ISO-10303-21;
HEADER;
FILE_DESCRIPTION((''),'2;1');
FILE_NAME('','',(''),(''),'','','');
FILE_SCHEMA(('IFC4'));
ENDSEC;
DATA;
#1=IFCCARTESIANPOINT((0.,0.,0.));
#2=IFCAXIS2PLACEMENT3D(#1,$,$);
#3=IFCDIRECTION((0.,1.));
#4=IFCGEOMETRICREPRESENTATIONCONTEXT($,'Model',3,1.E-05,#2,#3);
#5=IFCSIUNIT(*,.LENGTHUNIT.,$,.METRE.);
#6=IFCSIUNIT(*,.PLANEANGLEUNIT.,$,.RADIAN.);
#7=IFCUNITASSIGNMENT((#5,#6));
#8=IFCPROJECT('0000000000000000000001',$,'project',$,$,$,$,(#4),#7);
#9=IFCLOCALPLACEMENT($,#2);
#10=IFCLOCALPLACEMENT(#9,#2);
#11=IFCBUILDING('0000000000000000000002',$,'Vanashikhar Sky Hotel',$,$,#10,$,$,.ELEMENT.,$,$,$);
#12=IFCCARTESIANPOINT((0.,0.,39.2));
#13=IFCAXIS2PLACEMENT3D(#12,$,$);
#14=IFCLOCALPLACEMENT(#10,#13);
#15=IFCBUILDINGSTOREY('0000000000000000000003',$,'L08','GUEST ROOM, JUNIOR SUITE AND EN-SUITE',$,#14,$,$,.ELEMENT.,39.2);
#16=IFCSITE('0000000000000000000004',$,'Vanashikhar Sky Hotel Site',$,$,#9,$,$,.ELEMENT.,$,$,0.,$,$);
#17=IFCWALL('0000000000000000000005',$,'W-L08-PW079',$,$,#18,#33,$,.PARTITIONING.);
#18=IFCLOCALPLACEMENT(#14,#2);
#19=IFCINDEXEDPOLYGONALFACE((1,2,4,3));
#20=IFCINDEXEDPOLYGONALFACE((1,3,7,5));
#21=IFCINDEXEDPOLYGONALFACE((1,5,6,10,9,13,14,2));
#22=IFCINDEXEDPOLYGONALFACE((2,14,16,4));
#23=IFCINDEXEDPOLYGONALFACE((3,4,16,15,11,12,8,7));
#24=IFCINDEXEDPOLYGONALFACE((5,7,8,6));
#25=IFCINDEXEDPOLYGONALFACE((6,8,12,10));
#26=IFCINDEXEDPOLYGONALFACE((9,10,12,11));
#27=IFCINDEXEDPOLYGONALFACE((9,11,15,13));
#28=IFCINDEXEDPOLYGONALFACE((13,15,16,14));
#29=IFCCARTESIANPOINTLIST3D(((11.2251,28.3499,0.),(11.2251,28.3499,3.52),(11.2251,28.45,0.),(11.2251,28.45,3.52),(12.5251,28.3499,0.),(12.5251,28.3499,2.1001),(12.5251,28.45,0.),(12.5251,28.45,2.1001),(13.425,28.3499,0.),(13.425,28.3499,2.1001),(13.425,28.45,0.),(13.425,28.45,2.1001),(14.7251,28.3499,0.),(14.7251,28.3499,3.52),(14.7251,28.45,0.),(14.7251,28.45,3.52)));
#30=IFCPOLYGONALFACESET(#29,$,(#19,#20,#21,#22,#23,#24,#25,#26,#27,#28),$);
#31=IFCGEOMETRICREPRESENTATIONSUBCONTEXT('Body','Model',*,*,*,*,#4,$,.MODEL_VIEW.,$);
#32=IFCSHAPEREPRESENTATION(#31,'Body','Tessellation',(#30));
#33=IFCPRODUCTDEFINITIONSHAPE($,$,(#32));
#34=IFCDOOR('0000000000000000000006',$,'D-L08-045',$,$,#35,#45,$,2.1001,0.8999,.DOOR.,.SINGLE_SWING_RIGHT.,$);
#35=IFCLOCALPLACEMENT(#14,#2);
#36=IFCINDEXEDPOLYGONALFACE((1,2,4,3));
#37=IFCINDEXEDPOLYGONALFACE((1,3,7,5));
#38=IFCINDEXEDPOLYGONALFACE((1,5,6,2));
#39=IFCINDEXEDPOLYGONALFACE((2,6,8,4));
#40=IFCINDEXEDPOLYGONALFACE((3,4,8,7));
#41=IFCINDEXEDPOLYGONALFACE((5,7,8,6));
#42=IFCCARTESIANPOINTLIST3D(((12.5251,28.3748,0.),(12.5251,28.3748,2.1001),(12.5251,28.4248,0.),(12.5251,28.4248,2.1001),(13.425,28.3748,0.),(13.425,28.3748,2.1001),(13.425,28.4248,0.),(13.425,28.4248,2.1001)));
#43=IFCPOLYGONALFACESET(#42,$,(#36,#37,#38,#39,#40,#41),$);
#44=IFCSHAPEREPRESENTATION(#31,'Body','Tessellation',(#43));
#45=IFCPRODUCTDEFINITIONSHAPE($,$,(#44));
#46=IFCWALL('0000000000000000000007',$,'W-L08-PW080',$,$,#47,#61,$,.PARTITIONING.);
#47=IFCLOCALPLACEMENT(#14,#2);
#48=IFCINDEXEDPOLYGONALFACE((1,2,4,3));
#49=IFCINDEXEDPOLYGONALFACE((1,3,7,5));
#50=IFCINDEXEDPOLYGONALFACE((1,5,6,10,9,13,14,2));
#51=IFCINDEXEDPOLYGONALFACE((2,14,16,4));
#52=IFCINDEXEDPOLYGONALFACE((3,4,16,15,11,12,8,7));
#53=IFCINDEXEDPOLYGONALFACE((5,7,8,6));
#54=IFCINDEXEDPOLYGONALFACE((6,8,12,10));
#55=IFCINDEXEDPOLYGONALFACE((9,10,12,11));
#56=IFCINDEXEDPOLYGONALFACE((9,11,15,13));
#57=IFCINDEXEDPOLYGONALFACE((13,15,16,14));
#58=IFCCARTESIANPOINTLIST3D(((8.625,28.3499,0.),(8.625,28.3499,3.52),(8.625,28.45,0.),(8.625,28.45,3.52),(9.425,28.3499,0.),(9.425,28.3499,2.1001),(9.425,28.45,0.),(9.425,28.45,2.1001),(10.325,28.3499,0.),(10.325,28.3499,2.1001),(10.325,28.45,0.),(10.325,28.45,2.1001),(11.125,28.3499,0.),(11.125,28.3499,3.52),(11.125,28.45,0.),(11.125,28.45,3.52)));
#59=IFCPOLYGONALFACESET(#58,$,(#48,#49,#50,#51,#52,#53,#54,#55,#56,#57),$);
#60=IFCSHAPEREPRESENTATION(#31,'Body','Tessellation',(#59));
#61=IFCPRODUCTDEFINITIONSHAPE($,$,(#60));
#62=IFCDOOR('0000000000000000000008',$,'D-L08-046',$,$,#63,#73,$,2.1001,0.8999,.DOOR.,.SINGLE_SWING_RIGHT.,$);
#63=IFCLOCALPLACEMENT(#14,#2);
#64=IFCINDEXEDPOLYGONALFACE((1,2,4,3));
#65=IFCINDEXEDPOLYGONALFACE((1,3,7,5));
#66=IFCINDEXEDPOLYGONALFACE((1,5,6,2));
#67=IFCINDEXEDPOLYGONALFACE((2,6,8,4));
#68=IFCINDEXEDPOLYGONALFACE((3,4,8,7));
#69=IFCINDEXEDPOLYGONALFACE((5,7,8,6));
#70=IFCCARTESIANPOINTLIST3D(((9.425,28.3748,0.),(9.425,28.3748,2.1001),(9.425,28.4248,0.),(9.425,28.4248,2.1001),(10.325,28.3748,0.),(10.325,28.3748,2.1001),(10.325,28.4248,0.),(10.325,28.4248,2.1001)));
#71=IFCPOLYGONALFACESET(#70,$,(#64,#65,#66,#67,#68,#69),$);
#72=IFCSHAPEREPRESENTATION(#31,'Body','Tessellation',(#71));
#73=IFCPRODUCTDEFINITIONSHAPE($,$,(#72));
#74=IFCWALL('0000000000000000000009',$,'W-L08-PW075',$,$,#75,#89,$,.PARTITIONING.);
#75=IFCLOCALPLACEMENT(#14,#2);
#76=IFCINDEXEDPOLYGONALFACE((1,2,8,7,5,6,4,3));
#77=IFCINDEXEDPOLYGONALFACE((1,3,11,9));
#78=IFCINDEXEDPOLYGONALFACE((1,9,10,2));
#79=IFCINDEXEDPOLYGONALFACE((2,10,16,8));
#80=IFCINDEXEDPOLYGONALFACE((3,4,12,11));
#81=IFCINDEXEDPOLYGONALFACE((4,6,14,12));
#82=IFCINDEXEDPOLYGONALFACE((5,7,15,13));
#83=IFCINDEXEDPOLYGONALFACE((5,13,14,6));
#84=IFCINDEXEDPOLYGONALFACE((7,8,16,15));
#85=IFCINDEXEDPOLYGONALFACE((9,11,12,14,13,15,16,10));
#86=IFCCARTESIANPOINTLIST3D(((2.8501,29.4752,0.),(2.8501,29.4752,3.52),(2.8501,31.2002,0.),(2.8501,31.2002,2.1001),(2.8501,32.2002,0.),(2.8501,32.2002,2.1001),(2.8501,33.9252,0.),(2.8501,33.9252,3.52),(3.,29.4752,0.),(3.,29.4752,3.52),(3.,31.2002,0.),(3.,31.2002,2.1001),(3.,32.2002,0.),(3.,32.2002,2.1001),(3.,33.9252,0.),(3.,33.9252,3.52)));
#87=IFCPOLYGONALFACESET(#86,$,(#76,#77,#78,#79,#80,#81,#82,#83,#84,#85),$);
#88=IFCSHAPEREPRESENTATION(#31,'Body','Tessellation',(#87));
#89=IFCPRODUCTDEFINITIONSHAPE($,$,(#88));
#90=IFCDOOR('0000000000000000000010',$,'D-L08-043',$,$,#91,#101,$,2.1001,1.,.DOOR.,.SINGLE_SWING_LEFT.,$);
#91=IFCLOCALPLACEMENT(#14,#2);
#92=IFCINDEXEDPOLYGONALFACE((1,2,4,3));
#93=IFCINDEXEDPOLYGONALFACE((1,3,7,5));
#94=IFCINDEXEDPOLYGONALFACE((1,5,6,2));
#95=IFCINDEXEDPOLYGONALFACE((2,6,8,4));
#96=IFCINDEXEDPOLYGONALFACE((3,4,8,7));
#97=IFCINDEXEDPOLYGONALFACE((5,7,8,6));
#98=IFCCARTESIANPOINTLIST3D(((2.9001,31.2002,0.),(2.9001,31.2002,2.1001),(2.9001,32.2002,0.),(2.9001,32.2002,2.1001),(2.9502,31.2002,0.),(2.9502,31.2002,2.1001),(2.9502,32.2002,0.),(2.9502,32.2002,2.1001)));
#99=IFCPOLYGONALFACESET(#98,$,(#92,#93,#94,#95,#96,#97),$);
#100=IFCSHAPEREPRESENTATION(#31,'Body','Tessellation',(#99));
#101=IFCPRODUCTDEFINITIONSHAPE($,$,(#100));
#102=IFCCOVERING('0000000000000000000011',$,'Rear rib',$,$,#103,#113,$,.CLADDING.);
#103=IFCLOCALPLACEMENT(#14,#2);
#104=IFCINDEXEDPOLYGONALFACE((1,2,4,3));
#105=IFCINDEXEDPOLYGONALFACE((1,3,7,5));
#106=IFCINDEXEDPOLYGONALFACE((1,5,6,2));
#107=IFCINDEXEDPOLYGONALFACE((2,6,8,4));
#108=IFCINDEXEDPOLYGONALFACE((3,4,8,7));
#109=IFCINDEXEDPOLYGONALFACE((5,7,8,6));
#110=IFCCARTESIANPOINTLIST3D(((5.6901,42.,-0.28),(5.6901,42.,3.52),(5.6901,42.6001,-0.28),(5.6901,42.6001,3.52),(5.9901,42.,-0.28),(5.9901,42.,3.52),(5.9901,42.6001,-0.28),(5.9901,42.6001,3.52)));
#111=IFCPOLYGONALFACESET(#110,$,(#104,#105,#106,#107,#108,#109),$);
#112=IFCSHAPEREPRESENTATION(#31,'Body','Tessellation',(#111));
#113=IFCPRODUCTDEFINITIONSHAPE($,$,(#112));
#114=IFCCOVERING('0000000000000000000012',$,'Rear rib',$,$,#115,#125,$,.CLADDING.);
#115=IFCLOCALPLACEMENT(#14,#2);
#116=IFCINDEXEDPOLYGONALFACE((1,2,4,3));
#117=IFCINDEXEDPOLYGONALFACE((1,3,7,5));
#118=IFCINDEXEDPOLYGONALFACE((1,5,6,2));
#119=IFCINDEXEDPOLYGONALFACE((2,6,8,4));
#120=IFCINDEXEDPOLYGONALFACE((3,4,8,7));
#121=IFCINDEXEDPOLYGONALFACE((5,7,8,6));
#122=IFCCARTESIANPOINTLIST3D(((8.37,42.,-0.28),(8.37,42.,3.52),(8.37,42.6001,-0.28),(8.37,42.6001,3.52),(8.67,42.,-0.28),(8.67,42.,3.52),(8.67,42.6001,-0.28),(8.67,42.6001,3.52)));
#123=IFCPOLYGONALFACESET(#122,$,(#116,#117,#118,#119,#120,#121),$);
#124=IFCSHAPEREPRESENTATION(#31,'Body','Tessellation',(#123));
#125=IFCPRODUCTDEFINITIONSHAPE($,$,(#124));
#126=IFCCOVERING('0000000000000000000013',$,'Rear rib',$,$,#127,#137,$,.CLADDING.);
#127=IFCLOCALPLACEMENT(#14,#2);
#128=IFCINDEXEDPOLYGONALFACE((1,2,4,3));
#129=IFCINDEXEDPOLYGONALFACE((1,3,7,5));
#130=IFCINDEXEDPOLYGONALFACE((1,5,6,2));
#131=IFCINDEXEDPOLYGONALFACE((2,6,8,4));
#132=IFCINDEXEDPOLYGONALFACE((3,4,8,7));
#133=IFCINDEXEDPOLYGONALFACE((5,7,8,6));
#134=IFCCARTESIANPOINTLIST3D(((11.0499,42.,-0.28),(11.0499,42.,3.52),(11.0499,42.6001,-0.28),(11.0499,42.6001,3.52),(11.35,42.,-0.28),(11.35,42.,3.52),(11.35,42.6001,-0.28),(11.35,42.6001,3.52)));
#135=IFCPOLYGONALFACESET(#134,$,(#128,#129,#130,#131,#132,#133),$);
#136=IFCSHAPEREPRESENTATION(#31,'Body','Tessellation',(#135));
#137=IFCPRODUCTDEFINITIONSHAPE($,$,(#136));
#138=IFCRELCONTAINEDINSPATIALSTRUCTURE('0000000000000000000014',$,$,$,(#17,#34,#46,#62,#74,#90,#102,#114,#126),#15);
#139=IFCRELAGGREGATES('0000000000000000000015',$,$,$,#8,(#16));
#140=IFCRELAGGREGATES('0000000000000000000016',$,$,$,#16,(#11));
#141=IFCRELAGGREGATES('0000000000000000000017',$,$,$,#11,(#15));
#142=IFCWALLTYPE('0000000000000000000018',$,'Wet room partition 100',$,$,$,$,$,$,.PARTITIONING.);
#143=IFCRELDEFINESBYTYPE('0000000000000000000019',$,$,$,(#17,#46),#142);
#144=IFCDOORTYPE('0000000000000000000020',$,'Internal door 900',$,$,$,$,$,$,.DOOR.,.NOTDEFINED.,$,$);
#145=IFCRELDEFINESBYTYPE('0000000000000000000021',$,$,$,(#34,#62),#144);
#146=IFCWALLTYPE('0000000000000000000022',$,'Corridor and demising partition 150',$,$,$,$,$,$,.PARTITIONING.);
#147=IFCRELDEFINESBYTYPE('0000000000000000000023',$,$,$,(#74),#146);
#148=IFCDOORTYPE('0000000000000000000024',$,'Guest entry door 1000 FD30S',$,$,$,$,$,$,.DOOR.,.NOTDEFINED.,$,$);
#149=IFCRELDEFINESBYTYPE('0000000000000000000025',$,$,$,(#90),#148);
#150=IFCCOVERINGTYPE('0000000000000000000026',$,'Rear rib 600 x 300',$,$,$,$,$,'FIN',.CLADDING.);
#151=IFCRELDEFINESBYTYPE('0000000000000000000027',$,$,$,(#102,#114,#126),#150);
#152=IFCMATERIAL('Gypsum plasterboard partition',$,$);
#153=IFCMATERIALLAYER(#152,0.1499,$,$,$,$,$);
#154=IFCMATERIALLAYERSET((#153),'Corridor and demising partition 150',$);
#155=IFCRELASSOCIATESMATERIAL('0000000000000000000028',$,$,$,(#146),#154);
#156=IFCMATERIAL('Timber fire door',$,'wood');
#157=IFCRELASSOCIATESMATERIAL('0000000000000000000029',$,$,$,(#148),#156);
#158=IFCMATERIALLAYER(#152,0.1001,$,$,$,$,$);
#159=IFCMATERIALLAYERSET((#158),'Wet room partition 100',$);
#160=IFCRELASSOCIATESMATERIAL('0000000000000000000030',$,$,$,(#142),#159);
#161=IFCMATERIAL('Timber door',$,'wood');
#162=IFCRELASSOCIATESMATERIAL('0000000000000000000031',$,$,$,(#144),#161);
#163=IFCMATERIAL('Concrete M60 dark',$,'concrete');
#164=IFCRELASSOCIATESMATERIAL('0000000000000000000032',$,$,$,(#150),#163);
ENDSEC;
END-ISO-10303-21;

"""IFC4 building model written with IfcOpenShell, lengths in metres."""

from ifc_helpers import new_model, si_unit, direction, frame, frame_2d, origin, origin_2d, place, context, subcontext, project, spatial, rectangle, extrude, source, transform, mapped, material, layer, layer_set, material_profile, profile_set, type_object, element, fill, save


model = new_model("IFC4")

# Units and contexts
model_context = context("Model", 3, precision=1e-05, world=origin(), true_north=direction((0.0, 1.0)))
body_context = subcontext(model_context, "Body", "Model", "MODEL_VIEW")
ifc_project = project(units=[si_unit("LENGTHUNIT", "METRE"), si_unit("PLANEANGLEUNIT", "RADIAN")], contexts=[model_context])

# Site, building, storey
site_placement = place(None, origin())
site = spatial("IfcSite", under=ifc_project, at=site_placement, Name="Vanashikhar Sky Hotel Site", CompositionType="ELEMENT", RefElevation=0.0)
building_placement = place(site_placement, origin())
building = spatial("IfcBuilding", under=site, at=building_placement, Name="Vanashikhar Sky Hotel", CompositionType="ELEMENT")
storey_placement = place(building_placement, frame((0.0, 0.0, 39.2)))
storey = spatial("IfcBuildingStorey", under=building, at=storey_placement, Name="L08", Description="GUEST ROOM, JUNIOR SUITE AND EN-SUITE", CompositionType="ELEMENT", Elevation=39.2)

# Shared definitions
ifc_material_1 = material(Name="Gypsum plasterboard partition")
ifc_layer_1 = layer(ifc_material_1, 0.1499)
ifc_layer_set_1 = layer_set([ifc_layer_1], Name="Corridor and demising partition 150")
wall_type_1 = type_object("IfcWallType", Name="Corridor and demising partition 150", PredefinedType="PARTITIONING", material=ifc_layer_set_1)

# Walls, openings, doors
shared_shape_1 = source(origin(), body_context, "Body", "SweptSolid", [
    extrude(rectangle(XDim=1.0, YDim=2.1001, at=frame_2d((0.5, 1.05))), frame((0.0, 0.085, 0.0), z_axis=(0.0, -1.0, 0.0), x_axis=(1.0, 0.0, 0.0)), (0.0, 0.0, 1.0), 0.1699),
])
ifc_material_2 = material(Name="Timber fire door", Category="wood")
door_type_1 = type_object("IfcDoorType", Name="Guest entry door 1000 FD30S", OperationType="NOTDEFINED", PredefinedType="DOOR", material=ifc_material_2)
shared_shape_2 = source(origin(), body_context, "Body", "SweptSolid", [
    extrude(rectangle(XDim=1.0, YDim=2.1001, at=frame_2d((0.5, 1.05))), frame((0.0, 0.0249, 0.0), z_axis=(0.0, -1.0, 0.0), x_axis=(1.0, 0.0, 0.0)), (0.0, 0.0, 1.0), 0.05),
])
ifc_layer_2 = layer(ifc_material_1, 0.1001)
ifc_layer_set_2 = layer_set([ifc_layer_2], Name="Wet room partition 100")
wall_type_2 = type_object("IfcWallType", Name="Wet room partition 100", PredefinedType="PARTITIONING", material=ifc_layer_set_2)
shared_shape_3 = source(origin(), body_context, "Body", "SweptSolid", [
    extrude(rectangle(XDim=3.5, YDim=0.1001, at=frame_2d((1.75, 0.0))), origin(), (0.0, 0.0, 1.0), 3.52),
])
wall_1_placement = place(storey_placement, frame((11.2251, 28.3999, 0.0), z_axis=(0.0, 0.0, 1.0), x_axis=(1.0, 0.0, 0.0)))
wall_1 = element("IfcWall", 1, at=wall_1_placement, inside=storey, type_object=wall_type_2, Name="W-L08-PW079", PredefinedType="PARTITIONING", context=body_context, shape_type="MappedRepresentation", body=[
    mapped(shared_shape_3, transform((0.0, 0.0, 0.0), scale=1.0)),
])
shared_shape_4 = source(origin(), body_context, "Body", "SweptSolid", [
    extrude(rectangle(XDim=0.8999, YDim=2.1001, at=frame_2d((0.45, 1.05))), frame((0.0, 0.0601, 0.0), z_axis=(0.0, -1.0, 0.0), x_axis=(1.0, 0.0, 0.0)), (0.0, 0.0, 1.0), 0.1201),
])
opening_1_placement = place(wall_1_placement, frame((1.3, 0.0, 0.0)))
opening_1 = element("IfcOpeningElement", 2, at=opening_1_placement, cuts=wall_1, PredefinedType="OPENING", context=body_context, shape_type="MappedRepresentation", body=[
    mapped(shared_shape_4, transform((0.0, 0.0, 0.0), scale=1.0)),
])
ifc_material_3 = material(Name="Timber door", Category="wood")
door_type_2 = type_object("IfcDoorType", Name="Internal door 900", OperationType="NOTDEFINED", PredefinedType="DOOR", material=ifc_material_3)
shared_shape_5 = source(origin(), body_context, "Body", "SweptSolid", [
    extrude(rectangle(XDim=0.8999, YDim=2.1001, at=frame_2d((0.45, 1.05))), frame((0.0, 0.0249, 0.0), z_axis=(0.0, -1.0, 0.0), x_axis=(1.0, 0.0, 0.0)), (0.0, 0.0, 1.0), 0.05),
])
door_1_placement = place(opening_1_placement, origin())
door_1 = element("IfcDoor", 3, at=door_1_placement, inside=storey, type_object=door_type_2, Name="D-L08-045", OperationType="SINGLE_SWING_RIGHT", OverallHeight=2.1001, OverallWidth=0.8999, PredefinedType="DOOR", context=body_context, shape_type="MappedRepresentation", body=[
    mapped(shared_shape_5, transform((0.0, 0.0, 0.0), scale=1.0)),
])
fill(opening_1, door_1)
shared_shape_6 = source(origin(), body_context, "Body", "SweptSolid", [
    extrude(rectangle(XDim=2.5, YDim=0.1001, at=frame_2d((1.25, 0.0))), origin(), (0.0, 0.0, 1.0), 3.52),
])
wall_2_placement = place(storey_placement, frame((8.625, 28.3999, 0.0), z_axis=(0.0, 0.0, 1.0), x_axis=(1.0, 0.0, 0.0)))
wall_2 = element("IfcWall", 4, at=wall_2_placement, inside=storey, type_object=wall_type_2, Name="W-L08-PW080", PredefinedType="PARTITIONING", context=body_context, shape_type="MappedRepresentation", body=[
    mapped(shared_shape_6, transform((0.0, 0.0, 0.0), scale=1.0)),
])
opening_2_placement = place(wall_2_placement, frame((0.8, 0.0, 0.0)))
opening_2 = element("IfcOpeningElement", 5, at=opening_2_placement, cuts=wall_2, PredefinedType="OPENING", context=body_context, shape_type="MappedRepresentation", body=[
    mapped(shared_shape_4, transform((0.0, 0.0, 0.0), scale=1.0)),
])
door_2_placement = place(opening_2_placement, origin())
door_2 = element("IfcDoor", 6, at=door_2_placement, inside=storey, type_object=door_type_2, Name="D-L08-046", OperationType="SINGLE_SWING_RIGHT", OverallHeight=2.1001, OverallWidth=0.8999, PredefinedType="DOOR", context=body_context, shape_type="MappedRepresentation", body=[
    mapped(shared_shape_5, transform((0.0, 0.0, 0.0), scale=1.0)),
])
fill(opening_2, door_2)
shared_shape_7 = source(origin(), body_context, "Body", "SweptSolid", [
    extrude(rectangle(XDim=4.45, YDim=0.1499, at=frame_2d((2.2251, 0.0))), origin(), (0.0, 0.0, 1.0), 3.52),
])
wall_3_placement = place(storey_placement, frame((2.925, 29.4751, 0.0), z_axis=(0.0, 0.0, 1.0), x_axis=(0.0, 1.0, 0.0)))
wall_3 = element("IfcWall", 7, at=wall_3_placement, inside=storey, type_object=wall_type_1, Name="W-L08-PW075", PredefinedType="PARTITIONING", context=body_context, shape_type="MappedRepresentation", body=[
    mapped(shared_shape_7, transform((0.0, 0.0, 0.0), scale=1.0)),
])
opening_3_placement = place(wall_3_placement, frame((1.7251, 0.0, 0.0)))
opening_3 = element("IfcOpeningElement", 8, at=opening_3_placement, cuts=wall_3, PredefinedType="OPENING", context=body_context, shape_type="MappedRepresentation", body=[
    mapped(shared_shape_1, transform((0.0, 0.0, 0.0), scale=1.0)),
])
door_3_placement = place(opening_3_placement, origin())
door_3 = element("IfcDoor", 9, at=door_3_placement, inside=storey, type_object=door_type_1, Name="D-L08-043", OperationType="SINGLE_SWING_LEFT", OverallHeight=2.1001, OverallWidth=1.0, PredefinedType="DOOR", context=body_context, shape_type="MappedRepresentation", body=[
    mapped(shared_shape_2, transform((0.0, 0.0, 0.0), scale=1.0)),
])
fill(opening_3, door_3)

# Coverings
ifc_material_4 = material(Name="Concrete M60 dark", Category="concrete")
ifc_material_profile_1 = material_profile(ifc_material_4, rectangle(XDim=0.6001, YDim=0.3, at=origin_2d()))
ifc_profile_set_1 = profile_set([ifc_material_profile_1], Name="Rear rib 600 x 300")
covering_type = type_object("IfcCoveringType", Name="Rear rib 600 x 300", ElementType="FIN", PredefinedType="CLADDING", material=ifc_profile_set_1)
shared_shape_8 = source(origin(), body_context, "Body", "SweptSolid", [
    extrude(rectangle(XDim=0.6001, YDim=0.3, at=origin_2d()), origin(), (0.0, 0.0, 1.0), 3.8),
])
for number, where, z_axis, x_axis, name in (
    (10, (5.8401, 42.3, -0.28), (0.0, 0.0, 1.0), (0.0, 1.0, 0.0), "Rear rib"),
    (11, (8.52, 42.3, -0.28), (0.0, 0.0, 1.0), (0.0, 1.0, 0.0), "Rear rib"),
    (12, (11.2, 42.3, -0.28), (0.0, 0.0, 1.0), (0.0, 1.0, 0.0), "Rear rib"),
):
    element("IfcCovering", number, at=place(storey_placement, frame(where, z_axis=z_axis, x_axis=x_axis)), inside=storey, type_object=covering_type, Name=name, PredefinedType="CLADDING", context=body_context, shape_type="MappedRepresentation", body=[
        mapped(shared_shape_8, transform((0.0, 0.0, 0.0), scale=1.0)),
    ])

save(model, "model.ifc")
